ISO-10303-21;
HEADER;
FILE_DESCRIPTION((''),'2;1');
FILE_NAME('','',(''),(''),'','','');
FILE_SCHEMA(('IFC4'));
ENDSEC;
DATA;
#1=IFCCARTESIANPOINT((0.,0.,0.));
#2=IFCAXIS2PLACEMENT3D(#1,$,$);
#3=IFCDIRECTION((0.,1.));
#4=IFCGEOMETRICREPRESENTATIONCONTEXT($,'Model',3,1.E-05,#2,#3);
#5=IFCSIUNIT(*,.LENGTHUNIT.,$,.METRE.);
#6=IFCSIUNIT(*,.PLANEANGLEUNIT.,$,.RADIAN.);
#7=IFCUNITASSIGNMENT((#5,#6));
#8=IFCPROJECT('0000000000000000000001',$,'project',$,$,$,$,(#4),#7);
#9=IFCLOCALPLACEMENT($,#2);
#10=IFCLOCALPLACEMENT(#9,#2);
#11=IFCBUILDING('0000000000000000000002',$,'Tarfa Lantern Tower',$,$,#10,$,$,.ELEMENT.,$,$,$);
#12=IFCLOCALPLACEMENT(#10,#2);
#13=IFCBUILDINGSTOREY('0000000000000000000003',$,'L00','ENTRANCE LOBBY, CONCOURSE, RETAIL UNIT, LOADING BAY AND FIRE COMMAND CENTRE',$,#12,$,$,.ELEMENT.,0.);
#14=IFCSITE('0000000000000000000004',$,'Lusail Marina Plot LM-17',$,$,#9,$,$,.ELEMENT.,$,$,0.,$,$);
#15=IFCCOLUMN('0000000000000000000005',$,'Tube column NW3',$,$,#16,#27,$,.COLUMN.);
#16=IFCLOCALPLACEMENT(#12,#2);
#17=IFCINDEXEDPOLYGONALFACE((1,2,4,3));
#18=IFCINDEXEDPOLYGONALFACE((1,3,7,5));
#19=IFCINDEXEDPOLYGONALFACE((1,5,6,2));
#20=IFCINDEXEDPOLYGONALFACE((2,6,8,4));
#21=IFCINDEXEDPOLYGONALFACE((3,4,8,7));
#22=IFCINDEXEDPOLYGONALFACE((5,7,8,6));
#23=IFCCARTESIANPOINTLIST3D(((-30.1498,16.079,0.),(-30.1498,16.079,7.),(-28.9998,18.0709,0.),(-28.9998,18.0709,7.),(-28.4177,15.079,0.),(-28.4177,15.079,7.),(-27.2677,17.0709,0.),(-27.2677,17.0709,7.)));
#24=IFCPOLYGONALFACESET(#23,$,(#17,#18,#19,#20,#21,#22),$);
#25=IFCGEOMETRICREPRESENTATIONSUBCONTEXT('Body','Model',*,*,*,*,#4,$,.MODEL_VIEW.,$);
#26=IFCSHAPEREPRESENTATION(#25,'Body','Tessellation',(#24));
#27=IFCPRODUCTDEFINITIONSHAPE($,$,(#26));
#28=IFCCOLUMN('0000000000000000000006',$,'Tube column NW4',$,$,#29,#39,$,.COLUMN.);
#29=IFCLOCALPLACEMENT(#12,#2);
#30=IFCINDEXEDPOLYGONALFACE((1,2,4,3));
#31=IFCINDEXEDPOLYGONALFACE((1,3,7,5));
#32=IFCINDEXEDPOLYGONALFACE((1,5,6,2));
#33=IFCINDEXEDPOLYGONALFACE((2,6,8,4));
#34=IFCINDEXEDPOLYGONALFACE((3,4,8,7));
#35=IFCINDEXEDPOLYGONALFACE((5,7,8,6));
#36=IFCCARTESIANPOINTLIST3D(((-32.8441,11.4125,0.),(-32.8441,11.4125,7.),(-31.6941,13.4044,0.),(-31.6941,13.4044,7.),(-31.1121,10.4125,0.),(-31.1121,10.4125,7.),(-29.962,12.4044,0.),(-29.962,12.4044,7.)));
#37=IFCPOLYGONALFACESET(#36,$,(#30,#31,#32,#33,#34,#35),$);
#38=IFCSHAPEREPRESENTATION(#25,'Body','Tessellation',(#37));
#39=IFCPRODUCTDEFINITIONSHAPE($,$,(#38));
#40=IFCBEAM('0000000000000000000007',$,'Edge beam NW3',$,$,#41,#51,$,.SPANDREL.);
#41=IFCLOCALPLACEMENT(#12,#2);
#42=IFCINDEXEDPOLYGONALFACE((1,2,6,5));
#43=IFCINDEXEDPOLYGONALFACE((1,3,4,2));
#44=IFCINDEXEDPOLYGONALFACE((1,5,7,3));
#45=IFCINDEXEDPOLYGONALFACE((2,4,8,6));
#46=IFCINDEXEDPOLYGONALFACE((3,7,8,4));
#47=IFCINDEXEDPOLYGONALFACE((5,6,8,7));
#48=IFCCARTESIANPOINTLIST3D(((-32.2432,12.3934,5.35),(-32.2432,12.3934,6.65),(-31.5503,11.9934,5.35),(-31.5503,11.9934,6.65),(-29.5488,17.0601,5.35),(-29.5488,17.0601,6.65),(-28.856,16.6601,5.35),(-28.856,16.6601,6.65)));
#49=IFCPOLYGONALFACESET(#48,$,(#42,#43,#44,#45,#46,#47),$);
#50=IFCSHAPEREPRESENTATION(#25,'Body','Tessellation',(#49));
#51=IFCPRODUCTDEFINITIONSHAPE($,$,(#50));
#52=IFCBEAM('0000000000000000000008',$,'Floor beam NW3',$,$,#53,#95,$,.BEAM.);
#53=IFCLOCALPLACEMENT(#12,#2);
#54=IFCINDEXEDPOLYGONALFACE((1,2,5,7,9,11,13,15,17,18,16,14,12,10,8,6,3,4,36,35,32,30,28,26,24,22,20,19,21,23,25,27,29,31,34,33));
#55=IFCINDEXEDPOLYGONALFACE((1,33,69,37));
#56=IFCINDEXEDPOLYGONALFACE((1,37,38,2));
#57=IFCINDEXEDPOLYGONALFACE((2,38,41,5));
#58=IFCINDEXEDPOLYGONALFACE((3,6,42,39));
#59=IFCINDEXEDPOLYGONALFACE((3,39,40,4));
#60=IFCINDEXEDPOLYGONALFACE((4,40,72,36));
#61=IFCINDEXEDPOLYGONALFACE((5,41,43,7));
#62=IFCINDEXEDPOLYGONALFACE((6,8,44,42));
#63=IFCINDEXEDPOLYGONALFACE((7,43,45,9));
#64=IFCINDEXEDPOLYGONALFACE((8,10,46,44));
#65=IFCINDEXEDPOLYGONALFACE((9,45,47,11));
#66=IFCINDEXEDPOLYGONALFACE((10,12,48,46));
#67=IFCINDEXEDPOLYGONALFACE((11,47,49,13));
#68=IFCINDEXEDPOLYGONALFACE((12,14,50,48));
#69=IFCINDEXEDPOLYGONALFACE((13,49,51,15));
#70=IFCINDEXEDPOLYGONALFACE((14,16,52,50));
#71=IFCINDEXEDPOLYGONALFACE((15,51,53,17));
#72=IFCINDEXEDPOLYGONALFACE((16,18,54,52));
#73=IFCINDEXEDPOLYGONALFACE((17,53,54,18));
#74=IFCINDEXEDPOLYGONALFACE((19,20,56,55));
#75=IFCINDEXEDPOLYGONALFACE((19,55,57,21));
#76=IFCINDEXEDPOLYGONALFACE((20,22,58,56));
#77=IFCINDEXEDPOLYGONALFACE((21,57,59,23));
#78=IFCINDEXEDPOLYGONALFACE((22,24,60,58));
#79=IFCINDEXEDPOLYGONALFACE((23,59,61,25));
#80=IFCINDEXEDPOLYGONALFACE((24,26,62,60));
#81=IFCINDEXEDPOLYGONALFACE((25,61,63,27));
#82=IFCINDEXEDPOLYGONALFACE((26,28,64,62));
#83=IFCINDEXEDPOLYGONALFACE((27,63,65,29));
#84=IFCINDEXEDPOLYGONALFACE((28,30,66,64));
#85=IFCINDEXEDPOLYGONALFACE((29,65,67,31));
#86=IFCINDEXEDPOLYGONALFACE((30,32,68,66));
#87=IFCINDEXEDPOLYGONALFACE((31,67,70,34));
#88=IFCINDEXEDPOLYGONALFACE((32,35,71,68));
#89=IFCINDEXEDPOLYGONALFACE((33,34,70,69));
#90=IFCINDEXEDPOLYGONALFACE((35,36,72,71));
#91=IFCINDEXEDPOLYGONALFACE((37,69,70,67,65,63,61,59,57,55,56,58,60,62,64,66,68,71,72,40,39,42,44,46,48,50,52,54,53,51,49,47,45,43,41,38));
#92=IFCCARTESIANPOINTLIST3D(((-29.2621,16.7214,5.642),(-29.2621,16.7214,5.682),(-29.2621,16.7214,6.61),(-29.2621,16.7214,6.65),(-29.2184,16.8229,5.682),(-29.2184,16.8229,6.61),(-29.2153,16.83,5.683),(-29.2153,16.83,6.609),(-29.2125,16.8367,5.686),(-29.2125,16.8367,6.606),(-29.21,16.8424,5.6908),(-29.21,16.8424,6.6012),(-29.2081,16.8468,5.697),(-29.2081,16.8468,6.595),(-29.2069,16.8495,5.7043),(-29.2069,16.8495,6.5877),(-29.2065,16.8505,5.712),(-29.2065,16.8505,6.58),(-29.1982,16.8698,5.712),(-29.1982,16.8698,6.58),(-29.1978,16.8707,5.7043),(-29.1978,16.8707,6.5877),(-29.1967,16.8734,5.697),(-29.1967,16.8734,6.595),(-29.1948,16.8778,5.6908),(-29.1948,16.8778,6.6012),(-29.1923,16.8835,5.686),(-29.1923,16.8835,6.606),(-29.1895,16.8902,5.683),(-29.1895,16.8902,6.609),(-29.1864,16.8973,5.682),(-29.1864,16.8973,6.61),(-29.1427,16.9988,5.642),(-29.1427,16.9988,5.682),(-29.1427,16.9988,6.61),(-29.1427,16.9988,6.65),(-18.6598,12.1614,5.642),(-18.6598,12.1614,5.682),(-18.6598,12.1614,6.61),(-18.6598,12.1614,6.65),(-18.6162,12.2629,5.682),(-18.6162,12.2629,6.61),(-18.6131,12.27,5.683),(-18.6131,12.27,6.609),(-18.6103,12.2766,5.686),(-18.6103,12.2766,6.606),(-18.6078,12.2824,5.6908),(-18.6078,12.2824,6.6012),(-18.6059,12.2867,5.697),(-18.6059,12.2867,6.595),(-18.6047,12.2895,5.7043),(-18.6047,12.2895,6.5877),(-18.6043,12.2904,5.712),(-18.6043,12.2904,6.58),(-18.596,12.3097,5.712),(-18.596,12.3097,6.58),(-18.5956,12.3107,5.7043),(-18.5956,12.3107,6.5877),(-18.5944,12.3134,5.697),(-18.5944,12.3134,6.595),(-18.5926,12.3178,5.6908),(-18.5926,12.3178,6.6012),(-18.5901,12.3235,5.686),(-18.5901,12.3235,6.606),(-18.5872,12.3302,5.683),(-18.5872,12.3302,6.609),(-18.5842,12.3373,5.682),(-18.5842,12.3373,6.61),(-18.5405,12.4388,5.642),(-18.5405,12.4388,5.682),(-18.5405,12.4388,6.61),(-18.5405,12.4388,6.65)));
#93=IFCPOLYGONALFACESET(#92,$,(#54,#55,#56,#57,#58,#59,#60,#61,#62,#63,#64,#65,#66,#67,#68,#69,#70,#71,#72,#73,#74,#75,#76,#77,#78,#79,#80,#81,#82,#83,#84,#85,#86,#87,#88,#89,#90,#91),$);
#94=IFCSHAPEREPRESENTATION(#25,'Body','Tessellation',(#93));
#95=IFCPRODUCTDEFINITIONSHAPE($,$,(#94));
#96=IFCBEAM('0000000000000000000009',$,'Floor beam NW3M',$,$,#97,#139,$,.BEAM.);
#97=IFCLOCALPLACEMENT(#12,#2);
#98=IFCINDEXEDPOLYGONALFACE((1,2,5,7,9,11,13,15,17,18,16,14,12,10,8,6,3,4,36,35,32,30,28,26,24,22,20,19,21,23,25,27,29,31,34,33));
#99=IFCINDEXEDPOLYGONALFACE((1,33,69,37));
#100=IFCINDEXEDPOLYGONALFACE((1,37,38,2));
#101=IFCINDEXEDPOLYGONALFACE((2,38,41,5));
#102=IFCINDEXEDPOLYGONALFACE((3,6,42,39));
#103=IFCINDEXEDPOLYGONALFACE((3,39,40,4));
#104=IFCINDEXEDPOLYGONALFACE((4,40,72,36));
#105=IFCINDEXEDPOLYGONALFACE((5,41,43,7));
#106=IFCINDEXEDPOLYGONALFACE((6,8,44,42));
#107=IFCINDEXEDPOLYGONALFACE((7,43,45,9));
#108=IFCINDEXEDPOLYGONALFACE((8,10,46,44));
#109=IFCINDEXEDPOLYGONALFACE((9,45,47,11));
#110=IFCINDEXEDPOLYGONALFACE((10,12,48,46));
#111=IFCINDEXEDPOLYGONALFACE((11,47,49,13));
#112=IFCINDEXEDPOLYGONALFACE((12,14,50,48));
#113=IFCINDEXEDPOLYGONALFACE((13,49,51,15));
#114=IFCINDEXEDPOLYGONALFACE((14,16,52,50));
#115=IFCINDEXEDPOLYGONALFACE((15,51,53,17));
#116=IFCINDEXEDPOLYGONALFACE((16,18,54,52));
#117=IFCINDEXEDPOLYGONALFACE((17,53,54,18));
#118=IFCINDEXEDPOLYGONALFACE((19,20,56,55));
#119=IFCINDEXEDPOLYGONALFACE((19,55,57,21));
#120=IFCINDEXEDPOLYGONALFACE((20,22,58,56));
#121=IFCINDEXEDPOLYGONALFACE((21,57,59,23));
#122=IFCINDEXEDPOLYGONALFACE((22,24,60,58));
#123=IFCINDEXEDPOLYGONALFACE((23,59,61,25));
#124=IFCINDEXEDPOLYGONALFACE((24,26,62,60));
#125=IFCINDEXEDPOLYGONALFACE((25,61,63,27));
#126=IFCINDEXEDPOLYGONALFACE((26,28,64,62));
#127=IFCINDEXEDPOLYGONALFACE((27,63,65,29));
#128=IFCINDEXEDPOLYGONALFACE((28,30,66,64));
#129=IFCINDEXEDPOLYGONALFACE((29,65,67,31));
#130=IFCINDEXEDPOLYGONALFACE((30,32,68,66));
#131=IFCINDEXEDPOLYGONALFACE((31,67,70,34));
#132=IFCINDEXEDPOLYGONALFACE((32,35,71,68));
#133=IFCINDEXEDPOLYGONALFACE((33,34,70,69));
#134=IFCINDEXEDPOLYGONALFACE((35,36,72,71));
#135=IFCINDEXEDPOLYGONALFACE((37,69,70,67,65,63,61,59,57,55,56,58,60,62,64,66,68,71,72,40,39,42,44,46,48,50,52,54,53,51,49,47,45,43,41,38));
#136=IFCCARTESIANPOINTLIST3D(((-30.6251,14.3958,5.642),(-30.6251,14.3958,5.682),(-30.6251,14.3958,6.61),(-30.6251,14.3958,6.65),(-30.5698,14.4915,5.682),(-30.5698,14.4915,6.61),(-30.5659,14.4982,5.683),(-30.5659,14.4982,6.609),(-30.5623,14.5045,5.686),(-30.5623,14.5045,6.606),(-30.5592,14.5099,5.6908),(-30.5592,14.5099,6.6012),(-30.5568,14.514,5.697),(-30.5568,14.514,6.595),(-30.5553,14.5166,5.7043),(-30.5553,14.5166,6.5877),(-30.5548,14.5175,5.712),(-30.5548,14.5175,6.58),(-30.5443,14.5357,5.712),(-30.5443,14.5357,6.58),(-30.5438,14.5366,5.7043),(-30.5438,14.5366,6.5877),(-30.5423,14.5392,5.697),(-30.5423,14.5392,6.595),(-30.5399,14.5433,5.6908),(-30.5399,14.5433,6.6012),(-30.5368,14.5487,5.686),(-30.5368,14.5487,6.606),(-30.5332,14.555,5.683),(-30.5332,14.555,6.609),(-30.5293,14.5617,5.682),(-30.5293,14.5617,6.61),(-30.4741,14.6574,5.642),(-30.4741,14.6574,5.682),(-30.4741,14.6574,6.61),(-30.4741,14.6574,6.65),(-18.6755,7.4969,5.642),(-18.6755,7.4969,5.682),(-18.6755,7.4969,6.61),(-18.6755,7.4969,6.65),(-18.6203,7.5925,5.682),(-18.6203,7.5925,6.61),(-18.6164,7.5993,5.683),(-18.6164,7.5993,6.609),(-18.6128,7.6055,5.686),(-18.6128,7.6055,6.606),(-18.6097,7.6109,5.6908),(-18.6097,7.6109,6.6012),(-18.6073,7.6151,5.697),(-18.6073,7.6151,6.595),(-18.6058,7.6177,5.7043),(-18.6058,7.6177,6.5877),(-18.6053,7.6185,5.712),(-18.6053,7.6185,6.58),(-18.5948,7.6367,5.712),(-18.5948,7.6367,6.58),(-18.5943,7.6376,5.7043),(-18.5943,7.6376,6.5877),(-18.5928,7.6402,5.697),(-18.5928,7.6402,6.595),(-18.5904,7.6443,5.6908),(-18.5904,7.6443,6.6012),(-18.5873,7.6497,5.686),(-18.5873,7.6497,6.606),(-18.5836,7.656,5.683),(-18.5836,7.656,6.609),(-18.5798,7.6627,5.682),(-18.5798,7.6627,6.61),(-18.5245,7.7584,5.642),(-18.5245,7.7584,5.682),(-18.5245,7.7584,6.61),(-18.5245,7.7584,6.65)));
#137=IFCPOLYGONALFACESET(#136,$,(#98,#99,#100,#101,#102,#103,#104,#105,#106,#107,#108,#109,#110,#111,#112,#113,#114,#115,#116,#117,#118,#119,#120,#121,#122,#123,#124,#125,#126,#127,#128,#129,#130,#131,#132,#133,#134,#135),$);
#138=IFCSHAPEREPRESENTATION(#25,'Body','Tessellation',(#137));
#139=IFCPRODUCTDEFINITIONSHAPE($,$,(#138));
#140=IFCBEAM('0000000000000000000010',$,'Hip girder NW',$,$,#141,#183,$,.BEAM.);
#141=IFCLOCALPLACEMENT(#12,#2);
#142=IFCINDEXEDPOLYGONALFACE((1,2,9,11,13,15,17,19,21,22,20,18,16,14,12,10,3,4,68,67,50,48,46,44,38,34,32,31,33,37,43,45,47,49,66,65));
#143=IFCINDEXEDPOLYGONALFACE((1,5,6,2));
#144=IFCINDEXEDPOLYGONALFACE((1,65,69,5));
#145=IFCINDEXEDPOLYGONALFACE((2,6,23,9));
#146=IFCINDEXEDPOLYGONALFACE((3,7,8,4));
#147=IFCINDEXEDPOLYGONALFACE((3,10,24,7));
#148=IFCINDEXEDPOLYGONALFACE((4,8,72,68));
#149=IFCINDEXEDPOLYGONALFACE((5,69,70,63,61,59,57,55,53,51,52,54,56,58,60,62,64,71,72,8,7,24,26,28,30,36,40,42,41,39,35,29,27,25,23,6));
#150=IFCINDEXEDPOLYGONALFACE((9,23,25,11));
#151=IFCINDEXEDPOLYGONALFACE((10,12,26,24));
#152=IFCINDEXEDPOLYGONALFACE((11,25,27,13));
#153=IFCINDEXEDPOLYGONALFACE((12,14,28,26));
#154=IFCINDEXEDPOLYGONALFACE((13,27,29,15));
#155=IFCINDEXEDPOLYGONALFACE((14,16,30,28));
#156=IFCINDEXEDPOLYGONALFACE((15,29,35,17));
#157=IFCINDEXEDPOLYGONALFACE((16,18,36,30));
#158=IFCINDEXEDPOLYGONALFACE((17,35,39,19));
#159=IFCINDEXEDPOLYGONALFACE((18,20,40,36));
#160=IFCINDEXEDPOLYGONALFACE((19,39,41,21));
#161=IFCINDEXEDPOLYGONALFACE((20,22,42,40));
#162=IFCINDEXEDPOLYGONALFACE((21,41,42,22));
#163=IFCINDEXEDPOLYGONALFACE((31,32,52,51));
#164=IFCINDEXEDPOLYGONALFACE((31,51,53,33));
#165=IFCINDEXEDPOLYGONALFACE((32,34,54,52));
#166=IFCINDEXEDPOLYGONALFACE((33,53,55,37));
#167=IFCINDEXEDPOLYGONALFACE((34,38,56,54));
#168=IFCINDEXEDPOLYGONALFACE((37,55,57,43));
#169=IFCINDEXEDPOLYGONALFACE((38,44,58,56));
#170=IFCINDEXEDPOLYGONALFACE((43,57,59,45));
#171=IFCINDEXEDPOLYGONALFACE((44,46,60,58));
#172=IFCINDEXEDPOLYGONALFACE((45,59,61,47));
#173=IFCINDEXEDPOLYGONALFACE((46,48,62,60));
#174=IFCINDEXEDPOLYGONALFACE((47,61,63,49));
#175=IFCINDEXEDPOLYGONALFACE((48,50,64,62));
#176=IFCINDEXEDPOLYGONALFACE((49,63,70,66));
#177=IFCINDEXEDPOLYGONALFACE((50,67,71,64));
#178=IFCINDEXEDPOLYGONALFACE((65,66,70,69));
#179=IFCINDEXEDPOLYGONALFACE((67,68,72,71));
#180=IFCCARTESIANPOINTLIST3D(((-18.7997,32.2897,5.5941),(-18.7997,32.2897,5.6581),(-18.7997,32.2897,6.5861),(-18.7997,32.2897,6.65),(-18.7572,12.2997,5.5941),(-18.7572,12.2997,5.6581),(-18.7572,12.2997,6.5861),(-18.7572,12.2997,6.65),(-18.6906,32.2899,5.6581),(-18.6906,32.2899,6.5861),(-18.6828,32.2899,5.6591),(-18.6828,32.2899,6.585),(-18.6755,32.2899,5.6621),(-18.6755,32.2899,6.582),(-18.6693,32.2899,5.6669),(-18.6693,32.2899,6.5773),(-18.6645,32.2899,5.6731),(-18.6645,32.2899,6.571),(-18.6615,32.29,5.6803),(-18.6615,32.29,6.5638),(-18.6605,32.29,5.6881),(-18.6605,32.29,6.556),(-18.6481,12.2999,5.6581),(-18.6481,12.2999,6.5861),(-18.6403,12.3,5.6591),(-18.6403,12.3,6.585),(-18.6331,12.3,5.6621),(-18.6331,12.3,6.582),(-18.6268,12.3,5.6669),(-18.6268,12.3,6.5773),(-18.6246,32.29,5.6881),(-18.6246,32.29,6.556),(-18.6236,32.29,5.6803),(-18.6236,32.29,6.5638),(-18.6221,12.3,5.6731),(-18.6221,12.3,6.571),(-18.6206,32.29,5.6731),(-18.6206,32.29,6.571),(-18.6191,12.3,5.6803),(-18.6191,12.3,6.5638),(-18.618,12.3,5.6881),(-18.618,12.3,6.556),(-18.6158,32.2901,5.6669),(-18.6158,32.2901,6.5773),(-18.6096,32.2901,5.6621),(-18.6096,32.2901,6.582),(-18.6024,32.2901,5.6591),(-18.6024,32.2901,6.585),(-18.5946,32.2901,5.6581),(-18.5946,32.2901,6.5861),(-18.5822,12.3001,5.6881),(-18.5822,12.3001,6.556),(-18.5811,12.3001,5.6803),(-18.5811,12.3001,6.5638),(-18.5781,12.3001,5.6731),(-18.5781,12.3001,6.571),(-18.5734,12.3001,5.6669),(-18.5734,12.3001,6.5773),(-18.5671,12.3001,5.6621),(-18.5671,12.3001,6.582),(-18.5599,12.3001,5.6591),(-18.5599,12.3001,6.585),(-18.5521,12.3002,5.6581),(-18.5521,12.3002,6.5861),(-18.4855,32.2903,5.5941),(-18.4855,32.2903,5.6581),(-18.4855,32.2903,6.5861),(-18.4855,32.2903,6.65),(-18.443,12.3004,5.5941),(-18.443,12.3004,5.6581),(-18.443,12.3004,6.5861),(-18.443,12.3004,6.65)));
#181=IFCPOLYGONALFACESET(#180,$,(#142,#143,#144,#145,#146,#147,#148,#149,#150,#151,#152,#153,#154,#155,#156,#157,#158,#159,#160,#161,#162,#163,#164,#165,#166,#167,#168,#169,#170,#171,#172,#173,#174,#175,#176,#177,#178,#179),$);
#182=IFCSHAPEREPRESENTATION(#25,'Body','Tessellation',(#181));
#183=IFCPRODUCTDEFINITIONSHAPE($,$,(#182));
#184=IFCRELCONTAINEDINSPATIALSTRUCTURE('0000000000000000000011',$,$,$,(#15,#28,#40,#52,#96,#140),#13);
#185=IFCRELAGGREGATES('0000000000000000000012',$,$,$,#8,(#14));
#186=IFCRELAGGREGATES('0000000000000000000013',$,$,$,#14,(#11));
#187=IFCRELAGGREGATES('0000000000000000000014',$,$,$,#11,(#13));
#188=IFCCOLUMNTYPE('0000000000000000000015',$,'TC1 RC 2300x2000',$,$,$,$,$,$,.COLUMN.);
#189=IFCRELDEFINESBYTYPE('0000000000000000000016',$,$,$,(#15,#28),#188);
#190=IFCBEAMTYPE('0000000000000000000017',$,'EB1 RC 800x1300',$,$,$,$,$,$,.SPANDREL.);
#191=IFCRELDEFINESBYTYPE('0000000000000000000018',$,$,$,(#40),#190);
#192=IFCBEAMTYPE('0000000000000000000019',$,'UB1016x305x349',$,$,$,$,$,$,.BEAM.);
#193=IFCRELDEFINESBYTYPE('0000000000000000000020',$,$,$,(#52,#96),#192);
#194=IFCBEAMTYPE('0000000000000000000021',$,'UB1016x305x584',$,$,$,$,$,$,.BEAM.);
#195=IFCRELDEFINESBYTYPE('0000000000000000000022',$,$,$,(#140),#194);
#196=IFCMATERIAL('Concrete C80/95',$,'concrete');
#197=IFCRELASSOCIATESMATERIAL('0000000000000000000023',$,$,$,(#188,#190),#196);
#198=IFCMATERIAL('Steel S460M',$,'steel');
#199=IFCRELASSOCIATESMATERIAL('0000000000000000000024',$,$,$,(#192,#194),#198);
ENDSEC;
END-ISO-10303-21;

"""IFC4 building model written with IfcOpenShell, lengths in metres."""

from ifc_helpers import new_model, si_unit, direction, frame, origin, origin_2d, place, context, subcontext, project, spatial, rectangle, i_section, extrude, material, material_profile, profile_set, type_object, element, save


model = new_model("IFC4")

# Units and contexts
model_context = context("Model", 3, precision=1e-05, world=origin(), true_north=direction((0.0, 1.0)))
body_context = subcontext(model_context, "Body", "Model", "MODEL_VIEW")
ifc_project = project(units=[si_unit("LENGTHUNIT", "METRE"), si_unit("PLANEANGLEUNIT", "RADIAN")], contexts=[model_context])

# Site, building, storey
site_placement = place(None, origin())
site = spatial("IfcSite", under=ifc_project, at=site_placement, Name="Lusail Marina Plot LM-17", CompositionType="ELEMENT", RefElevation=0.0)
building_placement = place(site_placement, origin())
building = spatial("IfcBuilding", under=site, at=building_placement, Name="Tarfa Lantern Tower", CompositionType="ELEMENT")
storey_placement = place(building_placement, origin())
storey = spatial("IfcBuildingStorey", under=building, at=storey_placement, Name="L00", Description="ENTRANCE LOBBY, CONCOURSE, RETAIL UNIT, LOADING BAY AND FIRE COMMAND CENTRE", CompositionType="ELEMENT", Elevation=0.0)

# Columns
ifc_material_1 = material(Name="Concrete C80/95", Category="concrete")
ifc_material_profile_1 = material_profile(ifc_material_1, rectangle(XDim=2.3, YDim=2.0, at=origin_2d()), Name="RC 2300x2000")
ifc_profile_set_1 = profile_set([ifc_material_profile_1], Name="Concrete C80/95")
column_type = type_object("IfcColumnType", Name="TC1 RC 2300x2000", PredefinedType="COLUMN", material=ifc_profile_set_1)
for number, where, z_axis, x_axis, name in (
    (1, (-28.7087, 16.575, 0.0), (0.0, 0.0, 1.0), (-0.5, -0.866025, 0.0), "Tube column NW3"),
    (2, (-31.4031, 11.9084, 0.0), (0.0, 0.0, 1.0), (-0.5, -0.866025, 0.0), "Tube column NW4"),
):
    element("IfcColumn", number, at=place(storey_placement, frame(where, z_axis=z_axis, x_axis=x_axis)), inside=storey, type_object=column_type, Name=name, PredefinedType="COLUMN", context=body_context, shape_type="SweptSolid", body=[
        extrude(rectangle(XDim=2.3, YDim=2.0, at=origin_2d()), origin(), (0.0, 0.0, 1.0), 7.0),
    ])

# Beams
ifc_material_profile_2 = material_profile(ifc_material_1, rectangle(XDim=0.8, YDim=1.3, at=origin_2d()), Name="RC 800x1300")
ifc_profile_set_2 = profile_set([ifc_material_profile_2], Name="Concrete C80/95")
beam_type_1 = type_object("IfcBeamType", Name="EB1 RC 800x1300", PredefinedType="SPANDREL", material=ifc_profile_set_2)
beam_1_placement = place(storey_placement, frame((-29.2024, 16.8601, 6.0), z_axis=(-0.499998, -0.866026, 0.0), x_axis=(0.866026, -0.499998, 0.0)))
element("IfcBeam", 3, at=beam_1_placement, inside=storey, type_object=beam_type_1, Name="Edge beam NW3", PredefinedType="SPANDREL", context=body_context, shape_type="SweptSolid", body=[
    extrude(rectangle(XDim=0.8, YDim=1.3, at=origin_2d()), origin(), (0.0, 0.0, 1.0), 5.3887),
])
ifc_material_2 = material(Name="Steel S460M", Category="steel")
ifc_material_profile_3 = material_profile(ifc_material_2, i_section(OverallWidth=0.302, OverallDepth=1.0081, WebThickness=0.021, FlangeThickness=0.04, FilletRadius=0.03, at=origin_2d()), Name="UB1016x305x349")
ifc_profile_set_3 = profile_set([ifc_material_profile_3], Name="Steel S460M")
beam_type_2 = type_object("IfcBeamType", Name="UB1016x305x349", PredefinedType="BEAM", material=ifc_profile_set_3)
beam_2_placement = place(storey_placement, frame((-29.2024, 16.8601, 6.146), z_axis=(0.918635, -0.395106, 0.0), x_axis=(0.395106, 0.918635, 0.0)))
element("IfcBeam", 4, at=beam_2_placement, inside=storey, type_object=beam_type_2, Name="Floor beam NW3", PredefinedType="BEAM", context=body_context, shape_type="SweptSolid", body=[
    extrude(i_section(OverallWidth=0.302, OverallDepth=1.0081, WebThickness=0.021, FlangeThickness=0.04, FilletRadius=0.03, at=origin_2d()), origin(), (0.0, 0.0, 1.0), 11.5413),
])
beam_3_placement = place(storey_placement, frame((-30.5496, 14.5266, 6.146), z_axis=(0.866029, -0.499995, 0.0), x_axis=(0.499995, 0.866029, 0.0)))
element("IfcBeam", 5, at=beam_3_placement, inside=storey, type_object=beam_type_2, Name="Floor beam NW3M", PredefinedType="BEAM", context=body_context, shape_type="SweptSolid", body=[
    extrude(i_section(OverallWidth=0.302, OverallDepth=1.0081, WebThickness=0.021, FlangeThickness=0.04, FilletRadius=0.03, at=origin_2d()), origin(), (0.0, 0.0, 1.0), 13.7981),
])
ifc_material_profile_4 = material_profile(ifc_material_2, i_section(OverallWidth=0.3142, OverallDepth=1.0559, WebThickness=0.0359, FlangeThickness=0.064, FilletRadius=0.03, at=origin_2d()), Name="UB1016x305x584")
ifc_profile_set_4 = profile_set([ifc_material_profile_4], Name="Steel S460M")
beam_type_3 = type_object("IfcBeamType", Name="UB1016x305x584", PredefinedType="BEAM", material=ifc_profile_set_4)
beam_4_placement = place(storey_placement, frame((-18.6001, 12.3, 6.1221), z_axis=(-0.002125, 0.999998, 0.0), x_axis=(-0.999998, -0.002125, 0.0)))
element("IfcBeam", 6, at=beam_4_placement, inside=storey, type_object=beam_type_3, Name="Hip girder NW", PredefinedType="BEAM", context=body_context, shape_type="SweptSolid", body=[
    extrude(i_section(OverallWidth=0.3142, OverallDepth=1.0559, WebThickness=0.0359, FlangeThickness=0.064, FilletRadius=0.03, at=origin_2d()), origin(), (0.0, 0.0, 1.0), 19.99),
])

save(model, "model.ifc")
